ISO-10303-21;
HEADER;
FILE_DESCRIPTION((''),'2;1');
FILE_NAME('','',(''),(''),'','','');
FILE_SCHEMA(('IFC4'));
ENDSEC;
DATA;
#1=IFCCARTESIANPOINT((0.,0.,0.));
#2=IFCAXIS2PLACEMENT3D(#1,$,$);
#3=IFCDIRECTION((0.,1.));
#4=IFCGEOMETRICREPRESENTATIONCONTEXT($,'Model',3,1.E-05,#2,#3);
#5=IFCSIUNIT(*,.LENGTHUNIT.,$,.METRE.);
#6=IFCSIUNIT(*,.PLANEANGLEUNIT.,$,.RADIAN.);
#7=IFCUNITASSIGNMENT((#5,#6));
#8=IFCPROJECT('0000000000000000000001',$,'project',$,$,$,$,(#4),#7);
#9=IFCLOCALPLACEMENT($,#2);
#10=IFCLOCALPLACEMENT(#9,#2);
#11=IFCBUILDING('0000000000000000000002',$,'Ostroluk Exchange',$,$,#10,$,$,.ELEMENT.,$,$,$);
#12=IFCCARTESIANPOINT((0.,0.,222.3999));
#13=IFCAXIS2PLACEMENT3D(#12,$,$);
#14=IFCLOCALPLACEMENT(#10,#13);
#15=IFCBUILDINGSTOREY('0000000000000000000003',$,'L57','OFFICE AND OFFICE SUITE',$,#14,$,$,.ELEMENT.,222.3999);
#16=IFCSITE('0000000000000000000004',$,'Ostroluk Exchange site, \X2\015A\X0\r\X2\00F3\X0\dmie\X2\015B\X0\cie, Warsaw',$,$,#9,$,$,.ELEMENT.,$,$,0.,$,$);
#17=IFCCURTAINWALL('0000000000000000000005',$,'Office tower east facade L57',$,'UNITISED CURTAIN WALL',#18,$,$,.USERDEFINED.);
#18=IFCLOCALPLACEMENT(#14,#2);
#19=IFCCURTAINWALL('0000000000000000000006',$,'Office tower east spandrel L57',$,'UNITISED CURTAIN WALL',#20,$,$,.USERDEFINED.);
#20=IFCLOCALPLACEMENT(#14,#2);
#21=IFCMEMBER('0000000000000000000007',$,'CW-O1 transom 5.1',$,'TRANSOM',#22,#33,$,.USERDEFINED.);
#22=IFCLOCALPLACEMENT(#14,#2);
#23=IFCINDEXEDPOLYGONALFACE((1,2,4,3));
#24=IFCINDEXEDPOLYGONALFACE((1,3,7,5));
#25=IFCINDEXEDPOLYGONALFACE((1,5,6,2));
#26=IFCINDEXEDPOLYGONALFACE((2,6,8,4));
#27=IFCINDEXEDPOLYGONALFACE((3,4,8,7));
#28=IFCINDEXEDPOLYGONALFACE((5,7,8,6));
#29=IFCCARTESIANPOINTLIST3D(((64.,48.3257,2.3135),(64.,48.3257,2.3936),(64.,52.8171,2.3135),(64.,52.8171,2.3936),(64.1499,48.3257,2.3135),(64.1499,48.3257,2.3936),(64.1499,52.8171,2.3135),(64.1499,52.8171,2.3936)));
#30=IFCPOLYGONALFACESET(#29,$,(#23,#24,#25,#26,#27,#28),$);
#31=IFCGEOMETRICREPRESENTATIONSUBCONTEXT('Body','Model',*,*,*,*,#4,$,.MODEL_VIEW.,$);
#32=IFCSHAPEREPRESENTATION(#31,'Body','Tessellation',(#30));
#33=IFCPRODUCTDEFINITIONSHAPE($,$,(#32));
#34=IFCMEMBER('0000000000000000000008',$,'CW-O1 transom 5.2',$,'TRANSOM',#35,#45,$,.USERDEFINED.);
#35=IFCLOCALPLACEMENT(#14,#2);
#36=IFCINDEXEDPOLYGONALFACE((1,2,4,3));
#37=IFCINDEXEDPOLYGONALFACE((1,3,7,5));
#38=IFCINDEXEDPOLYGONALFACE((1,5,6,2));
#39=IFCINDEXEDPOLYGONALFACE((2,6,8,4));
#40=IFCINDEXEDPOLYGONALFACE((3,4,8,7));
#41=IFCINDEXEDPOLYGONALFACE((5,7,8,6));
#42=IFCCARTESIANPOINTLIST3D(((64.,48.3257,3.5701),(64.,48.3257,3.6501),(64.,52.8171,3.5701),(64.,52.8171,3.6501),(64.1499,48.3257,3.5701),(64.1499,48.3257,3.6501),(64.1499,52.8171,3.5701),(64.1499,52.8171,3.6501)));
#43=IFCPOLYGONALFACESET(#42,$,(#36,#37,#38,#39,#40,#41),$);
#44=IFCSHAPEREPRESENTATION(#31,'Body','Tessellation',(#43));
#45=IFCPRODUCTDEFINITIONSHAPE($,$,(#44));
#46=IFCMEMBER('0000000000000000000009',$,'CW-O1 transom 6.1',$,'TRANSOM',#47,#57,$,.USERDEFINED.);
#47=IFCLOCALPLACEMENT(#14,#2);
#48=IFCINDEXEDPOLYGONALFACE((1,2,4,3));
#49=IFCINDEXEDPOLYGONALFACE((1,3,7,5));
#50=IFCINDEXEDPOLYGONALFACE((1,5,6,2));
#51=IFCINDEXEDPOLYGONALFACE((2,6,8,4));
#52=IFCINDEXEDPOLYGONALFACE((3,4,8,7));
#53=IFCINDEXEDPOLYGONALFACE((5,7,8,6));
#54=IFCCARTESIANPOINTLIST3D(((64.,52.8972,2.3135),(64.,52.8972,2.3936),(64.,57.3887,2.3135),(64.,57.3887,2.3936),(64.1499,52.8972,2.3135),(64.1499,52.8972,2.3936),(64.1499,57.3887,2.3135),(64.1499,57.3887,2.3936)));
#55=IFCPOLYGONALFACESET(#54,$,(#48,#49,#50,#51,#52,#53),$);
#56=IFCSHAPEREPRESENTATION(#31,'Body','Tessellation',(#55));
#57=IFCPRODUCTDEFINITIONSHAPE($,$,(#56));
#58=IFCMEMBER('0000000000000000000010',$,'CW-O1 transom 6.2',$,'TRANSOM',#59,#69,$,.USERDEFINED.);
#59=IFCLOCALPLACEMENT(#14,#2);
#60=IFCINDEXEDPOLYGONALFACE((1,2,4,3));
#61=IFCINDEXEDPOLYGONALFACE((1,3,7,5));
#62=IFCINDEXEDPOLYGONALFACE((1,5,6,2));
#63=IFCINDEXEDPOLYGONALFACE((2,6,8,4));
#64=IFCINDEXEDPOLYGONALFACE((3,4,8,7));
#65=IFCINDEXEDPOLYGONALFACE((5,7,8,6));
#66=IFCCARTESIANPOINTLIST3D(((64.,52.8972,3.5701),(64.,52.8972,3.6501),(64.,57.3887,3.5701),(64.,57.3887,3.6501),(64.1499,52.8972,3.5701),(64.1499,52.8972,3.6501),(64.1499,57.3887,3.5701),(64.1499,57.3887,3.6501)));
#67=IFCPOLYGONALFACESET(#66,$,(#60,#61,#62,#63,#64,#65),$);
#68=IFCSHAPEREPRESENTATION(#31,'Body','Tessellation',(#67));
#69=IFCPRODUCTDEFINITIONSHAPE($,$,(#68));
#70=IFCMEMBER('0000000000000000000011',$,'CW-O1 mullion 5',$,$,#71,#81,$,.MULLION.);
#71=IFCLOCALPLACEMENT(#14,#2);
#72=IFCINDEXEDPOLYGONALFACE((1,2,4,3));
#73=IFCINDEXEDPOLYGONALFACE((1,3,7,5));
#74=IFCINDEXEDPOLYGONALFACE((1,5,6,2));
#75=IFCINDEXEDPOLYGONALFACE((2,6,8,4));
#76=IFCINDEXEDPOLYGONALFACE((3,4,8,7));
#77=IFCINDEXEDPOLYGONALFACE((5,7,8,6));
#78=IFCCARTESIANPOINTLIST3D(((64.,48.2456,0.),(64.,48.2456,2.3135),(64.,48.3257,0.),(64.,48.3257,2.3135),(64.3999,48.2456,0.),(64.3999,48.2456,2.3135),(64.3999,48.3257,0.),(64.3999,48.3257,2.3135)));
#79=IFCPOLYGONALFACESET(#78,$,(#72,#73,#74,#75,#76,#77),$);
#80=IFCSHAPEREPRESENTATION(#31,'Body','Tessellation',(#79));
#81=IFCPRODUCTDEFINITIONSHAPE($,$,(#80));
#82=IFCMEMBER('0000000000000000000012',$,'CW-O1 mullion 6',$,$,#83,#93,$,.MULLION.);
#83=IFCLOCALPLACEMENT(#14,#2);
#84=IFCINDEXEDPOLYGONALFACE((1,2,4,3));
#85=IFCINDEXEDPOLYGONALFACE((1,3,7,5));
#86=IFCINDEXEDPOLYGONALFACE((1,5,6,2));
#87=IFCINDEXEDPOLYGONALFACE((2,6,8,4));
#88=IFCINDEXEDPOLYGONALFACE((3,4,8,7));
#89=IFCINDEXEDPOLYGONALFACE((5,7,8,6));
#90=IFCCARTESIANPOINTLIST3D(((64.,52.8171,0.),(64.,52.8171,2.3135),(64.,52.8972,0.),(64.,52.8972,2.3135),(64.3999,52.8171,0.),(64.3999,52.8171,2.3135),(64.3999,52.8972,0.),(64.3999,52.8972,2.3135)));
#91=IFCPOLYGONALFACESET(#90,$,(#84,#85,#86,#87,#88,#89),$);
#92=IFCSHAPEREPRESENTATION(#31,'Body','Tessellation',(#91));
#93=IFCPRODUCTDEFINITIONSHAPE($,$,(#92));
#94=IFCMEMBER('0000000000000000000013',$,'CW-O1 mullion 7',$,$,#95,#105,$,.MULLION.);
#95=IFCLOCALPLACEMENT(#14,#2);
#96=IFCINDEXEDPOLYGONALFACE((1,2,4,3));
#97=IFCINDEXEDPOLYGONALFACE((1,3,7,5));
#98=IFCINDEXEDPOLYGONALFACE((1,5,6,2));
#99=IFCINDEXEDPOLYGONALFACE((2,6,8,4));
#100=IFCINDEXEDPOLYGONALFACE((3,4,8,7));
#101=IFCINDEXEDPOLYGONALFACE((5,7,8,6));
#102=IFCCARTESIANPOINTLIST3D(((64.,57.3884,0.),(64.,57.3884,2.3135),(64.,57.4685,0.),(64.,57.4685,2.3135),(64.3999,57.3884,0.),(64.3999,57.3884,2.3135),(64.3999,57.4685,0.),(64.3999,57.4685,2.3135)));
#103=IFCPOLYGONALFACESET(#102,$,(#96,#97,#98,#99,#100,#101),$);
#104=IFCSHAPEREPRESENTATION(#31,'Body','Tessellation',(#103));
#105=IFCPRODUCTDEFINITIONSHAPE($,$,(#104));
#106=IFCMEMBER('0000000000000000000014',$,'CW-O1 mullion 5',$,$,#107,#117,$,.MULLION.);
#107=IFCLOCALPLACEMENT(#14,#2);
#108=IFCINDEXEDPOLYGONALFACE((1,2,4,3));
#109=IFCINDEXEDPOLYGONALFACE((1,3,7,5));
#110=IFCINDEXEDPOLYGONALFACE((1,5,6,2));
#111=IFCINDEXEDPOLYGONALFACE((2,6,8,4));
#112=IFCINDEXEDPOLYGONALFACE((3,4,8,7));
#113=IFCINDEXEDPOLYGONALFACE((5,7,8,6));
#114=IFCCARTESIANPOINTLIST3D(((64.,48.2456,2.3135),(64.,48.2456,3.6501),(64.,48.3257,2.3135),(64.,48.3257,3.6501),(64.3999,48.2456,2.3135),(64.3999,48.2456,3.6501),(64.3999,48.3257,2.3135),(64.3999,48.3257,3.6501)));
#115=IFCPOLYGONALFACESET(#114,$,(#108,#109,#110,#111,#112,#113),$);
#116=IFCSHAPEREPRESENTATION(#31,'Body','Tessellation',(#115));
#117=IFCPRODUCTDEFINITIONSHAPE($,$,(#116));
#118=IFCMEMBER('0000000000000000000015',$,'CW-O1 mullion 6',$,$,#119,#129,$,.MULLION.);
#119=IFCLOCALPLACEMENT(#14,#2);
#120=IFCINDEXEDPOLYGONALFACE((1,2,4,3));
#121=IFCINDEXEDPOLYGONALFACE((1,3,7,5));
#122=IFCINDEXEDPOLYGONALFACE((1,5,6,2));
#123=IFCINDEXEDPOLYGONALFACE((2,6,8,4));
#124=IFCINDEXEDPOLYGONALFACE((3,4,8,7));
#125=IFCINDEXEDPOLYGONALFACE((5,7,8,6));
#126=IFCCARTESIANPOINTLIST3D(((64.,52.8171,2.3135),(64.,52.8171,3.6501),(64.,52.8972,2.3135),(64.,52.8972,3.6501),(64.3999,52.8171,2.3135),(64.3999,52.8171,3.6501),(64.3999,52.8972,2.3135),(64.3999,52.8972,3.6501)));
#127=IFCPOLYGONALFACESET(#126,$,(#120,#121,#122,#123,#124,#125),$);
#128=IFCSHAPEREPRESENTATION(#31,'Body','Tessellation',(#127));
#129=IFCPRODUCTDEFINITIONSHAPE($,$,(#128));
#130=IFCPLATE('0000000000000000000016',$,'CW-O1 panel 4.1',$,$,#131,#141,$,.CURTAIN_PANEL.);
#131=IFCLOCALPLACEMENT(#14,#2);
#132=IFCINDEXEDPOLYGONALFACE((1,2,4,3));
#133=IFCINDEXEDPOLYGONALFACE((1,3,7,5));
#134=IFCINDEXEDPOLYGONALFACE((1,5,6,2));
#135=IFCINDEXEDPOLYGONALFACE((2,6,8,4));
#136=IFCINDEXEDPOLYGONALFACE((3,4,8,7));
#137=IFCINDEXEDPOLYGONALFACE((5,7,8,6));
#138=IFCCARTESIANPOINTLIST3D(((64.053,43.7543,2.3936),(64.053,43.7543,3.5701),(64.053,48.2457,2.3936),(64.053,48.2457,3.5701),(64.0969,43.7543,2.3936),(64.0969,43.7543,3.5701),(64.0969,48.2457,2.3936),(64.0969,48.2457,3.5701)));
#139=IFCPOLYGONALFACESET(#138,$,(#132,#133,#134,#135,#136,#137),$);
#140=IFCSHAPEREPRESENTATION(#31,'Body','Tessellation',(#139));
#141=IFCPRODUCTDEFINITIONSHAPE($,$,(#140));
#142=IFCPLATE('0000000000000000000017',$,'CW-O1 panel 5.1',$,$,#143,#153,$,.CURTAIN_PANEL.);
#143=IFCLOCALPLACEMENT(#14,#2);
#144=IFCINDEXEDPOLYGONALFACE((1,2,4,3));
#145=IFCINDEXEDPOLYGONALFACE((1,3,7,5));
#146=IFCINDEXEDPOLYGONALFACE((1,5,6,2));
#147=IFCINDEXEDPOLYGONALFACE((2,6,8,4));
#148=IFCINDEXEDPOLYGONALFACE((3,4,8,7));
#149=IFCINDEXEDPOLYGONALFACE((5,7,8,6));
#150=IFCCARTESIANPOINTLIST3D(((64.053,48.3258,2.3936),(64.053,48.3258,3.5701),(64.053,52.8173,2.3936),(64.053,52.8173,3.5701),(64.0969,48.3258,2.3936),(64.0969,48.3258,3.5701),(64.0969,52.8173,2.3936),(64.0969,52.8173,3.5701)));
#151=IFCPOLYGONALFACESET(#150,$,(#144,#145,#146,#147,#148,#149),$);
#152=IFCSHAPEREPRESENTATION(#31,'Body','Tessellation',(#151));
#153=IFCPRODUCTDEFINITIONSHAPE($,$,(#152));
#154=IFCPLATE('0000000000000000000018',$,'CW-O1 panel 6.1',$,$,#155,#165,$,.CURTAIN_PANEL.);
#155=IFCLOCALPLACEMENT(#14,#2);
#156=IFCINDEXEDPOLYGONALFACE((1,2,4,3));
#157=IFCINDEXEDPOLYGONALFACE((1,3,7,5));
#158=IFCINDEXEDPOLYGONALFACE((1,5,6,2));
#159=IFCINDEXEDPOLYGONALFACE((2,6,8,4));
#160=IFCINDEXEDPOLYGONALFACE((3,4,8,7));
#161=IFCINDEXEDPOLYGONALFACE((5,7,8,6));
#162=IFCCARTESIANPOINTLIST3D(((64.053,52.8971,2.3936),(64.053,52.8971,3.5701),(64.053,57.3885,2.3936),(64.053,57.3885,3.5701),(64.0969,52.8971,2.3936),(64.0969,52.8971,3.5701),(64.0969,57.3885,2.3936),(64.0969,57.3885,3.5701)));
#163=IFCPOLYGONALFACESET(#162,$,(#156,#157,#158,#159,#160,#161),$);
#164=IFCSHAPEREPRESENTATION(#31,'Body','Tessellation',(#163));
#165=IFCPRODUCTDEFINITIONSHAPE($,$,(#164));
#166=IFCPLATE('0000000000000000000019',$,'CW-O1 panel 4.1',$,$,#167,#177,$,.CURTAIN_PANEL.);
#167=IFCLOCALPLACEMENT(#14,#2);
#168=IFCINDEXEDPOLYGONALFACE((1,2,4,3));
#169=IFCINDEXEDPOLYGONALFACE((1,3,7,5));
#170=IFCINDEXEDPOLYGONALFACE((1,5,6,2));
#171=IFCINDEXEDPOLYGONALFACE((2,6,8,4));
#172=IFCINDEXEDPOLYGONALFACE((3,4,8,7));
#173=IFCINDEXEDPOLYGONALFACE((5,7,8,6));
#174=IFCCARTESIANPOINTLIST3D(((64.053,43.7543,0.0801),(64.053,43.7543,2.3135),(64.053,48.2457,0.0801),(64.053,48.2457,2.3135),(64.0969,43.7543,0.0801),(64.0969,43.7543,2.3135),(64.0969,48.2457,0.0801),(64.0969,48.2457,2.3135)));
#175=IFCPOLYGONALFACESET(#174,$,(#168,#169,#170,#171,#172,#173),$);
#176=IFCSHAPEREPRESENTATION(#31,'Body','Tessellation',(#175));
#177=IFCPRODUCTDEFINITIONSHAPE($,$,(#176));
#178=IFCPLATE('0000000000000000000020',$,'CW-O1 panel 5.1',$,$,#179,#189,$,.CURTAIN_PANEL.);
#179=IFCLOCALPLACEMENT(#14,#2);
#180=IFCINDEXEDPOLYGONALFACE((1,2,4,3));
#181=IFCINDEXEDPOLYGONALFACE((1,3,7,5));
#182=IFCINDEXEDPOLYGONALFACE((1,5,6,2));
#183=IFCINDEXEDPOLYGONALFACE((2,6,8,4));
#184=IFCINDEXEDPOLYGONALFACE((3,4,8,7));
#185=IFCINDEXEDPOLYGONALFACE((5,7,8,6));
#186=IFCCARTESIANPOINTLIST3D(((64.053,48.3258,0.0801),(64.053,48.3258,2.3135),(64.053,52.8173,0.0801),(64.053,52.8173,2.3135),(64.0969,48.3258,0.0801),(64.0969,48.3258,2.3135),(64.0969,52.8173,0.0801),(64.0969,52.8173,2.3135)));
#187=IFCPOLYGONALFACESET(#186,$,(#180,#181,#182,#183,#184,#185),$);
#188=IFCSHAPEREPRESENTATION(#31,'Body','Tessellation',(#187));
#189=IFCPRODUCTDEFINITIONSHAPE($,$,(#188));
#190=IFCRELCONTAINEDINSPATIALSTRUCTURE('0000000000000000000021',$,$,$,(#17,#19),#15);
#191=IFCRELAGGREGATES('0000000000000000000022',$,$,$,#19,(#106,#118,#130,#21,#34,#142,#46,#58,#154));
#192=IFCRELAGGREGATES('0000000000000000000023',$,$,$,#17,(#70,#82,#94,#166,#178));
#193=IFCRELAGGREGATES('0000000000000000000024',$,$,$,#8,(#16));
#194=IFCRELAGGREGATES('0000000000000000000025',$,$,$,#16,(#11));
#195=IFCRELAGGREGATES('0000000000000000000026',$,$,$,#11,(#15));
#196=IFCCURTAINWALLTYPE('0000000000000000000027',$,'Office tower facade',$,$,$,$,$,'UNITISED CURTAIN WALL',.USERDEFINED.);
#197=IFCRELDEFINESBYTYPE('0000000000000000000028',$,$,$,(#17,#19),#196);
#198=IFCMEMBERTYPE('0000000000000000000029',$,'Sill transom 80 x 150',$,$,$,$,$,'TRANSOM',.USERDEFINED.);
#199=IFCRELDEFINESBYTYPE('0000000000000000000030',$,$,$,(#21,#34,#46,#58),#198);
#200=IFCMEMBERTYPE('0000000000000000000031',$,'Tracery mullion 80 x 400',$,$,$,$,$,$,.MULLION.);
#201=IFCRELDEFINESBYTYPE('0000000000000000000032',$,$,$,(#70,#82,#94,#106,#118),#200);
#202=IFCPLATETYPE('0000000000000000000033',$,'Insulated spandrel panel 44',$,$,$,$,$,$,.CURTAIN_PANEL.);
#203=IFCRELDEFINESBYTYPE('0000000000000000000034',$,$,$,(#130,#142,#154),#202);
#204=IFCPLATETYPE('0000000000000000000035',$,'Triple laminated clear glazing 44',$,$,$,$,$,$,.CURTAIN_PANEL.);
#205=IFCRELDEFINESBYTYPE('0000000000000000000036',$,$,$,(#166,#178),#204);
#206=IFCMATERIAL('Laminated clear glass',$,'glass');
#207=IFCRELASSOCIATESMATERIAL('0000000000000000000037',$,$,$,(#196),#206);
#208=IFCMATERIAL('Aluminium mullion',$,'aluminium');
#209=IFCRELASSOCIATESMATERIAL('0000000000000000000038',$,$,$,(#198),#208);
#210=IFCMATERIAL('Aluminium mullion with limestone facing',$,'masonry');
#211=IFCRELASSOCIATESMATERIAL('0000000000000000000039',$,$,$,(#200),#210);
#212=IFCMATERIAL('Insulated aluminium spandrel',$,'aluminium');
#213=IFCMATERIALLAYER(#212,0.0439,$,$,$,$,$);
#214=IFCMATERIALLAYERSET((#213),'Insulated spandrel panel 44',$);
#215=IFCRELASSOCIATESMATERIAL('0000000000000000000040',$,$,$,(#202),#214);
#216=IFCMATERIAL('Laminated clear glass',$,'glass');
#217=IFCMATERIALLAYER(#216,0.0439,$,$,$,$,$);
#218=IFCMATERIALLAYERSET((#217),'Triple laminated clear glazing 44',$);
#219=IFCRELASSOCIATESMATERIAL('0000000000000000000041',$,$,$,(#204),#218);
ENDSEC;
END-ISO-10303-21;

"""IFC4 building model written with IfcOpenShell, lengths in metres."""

from ifc_helpers import new_model, si_unit, direction, frame, origin, origin_2d, place, context, subcontext, project, spatial, rectangle, extrude, material, layer, layer_set, material_profile, profile_set, type_object, element, aggregate, save


model = new_model("IFC4")

# Units and contexts
model_context = context("Model", 3, precision=1e-05, world=origin(), true_north=direction((0.0, 1.0)))
body_context = subcontext(model_context, "Body", "Model", "MODEL_VIEW")
ifc_project = project(units=[si_unit("LENGTHUNIT", "METRE"), si_unit("PLANEANGLEUNIT", "RADIAN")], contexts=[model_context])

# Site, building, storey
site_placement = place(None, origin())
site = spatial("IfcSite", under=ifc_project, at=site_placement, Name="Ostroluk Exchange site, Śródmieście, Warsaw", CompositionType="ELEMENT", RefElevation=0.0)
building_placement = place(site_placement, origin())
building = spatial("IfcBuilding", under=site, at=building_placement, Name="Ostroluk Exchange", CompositionType="ELEMENT")
storey_placement = place(building_placement, frame((0.0, 0.0, 222.3999)))
storey = spatial("IfcBuildingStorey", under=building, at=storey_placement, Name="L57", Description="OFFICE AND OFFICE SUITE", CompositionType="ELEMENT", Elevation=222.3999)

# Curtain walls, members
ifc_material_1 = material(Name="Laminated clear glass", Category="glass")
curtain_wall_type = type_object("IfcCurtainWallType", Name="Office tower facade", ElementType="UNITISED CURTAIN WALL", PredefinedType="USERDEFINED", material=ifc_material_1)
curtain_wall_1_placement = place(storey_placement, origin())
curtain_wall_1 = element("IfcCurtainWall", 1, at=curtain_wall_1_placement, inside=storey, type_object=curtain_wall_type, Name="Office tower east facade L57", ObjectType="UNITISED CURTAIN WALL", PredefinedType="USERDEFINED")
ifc_material_2 = material(Name="Aluminium mullion", Category="aluminium")
ifc_material_profile_1 = material_profile(ifc_material_2, rectangle(XDim=0.1499, YDim=0.0801, at=origin_2d()), Name="Sill transom 80 x 150")
ifc_profile_set_1 = profile_set([ifc_material_profile_1], Name="Aluminium mullion")
member_type_1 = type_object("IfcMemberType", Name="Sill transom 80 x 150", ElementType="TRANSOM", PredefinedType="USERDEFINED", material=ifc_profile_set_1)
curtain_wall_2_placement = place(storey_placement, origin())
curtain_wall_2 = element("IfcCurtainWall", 2, at=curtain_wall_2_placement, inside=storey, type_object=curtain_wall_type, Name="Office tower east spandrel L57", ObjectType="UNITISED CURTAIN WALL", PredefinedType="USERDEFINED")
member_1_placement = place(storey_placement, frame((64.075, 48.3257, 2.3535), z_axis=(0.0, 1.0, 0.0), x_axis=(-1.0, 0.0, 0.0)))
member_1 = element("IfcMember", 3, at=member_1_placement, type_object=member_type_1, Name="CW-O1 transom 5.1", ObjectType="TRANSOM", PredefinedType="USERDEFINED", context=body_context, shape_type="SweptSolid", body=[
    extrude(rectangle(XDim=0.1499, YDim=0.0801, at=origin_2d()), origin(), (0.0, 0.0, 1.0), 4.4915),
])
member_2_placement = place(storey_placement, frame((64.075, 48.3257, 3.6101), z_axis=(0.0, 1.0, 0.0), x_axis=(-1.0, 0.0, 0.0)))
member_2 = element("IfcMember", 4, at=member_2_placement, type_object=member_type_1, Name="CW-O1 transom 5.2", ObjectType="TRANSOM", PredefinedType="USERDEFINED", context=body_context, shape_type="SweptSolid", body=[
    extrude(rectangle(XDim=0.1499, YDim=0.0801, at=origin_2d()), origin(), (0.0, 0.0, 1.0), 4.4915),
])
member_3_placement = place(storey_placement, frame((64.075, 52.8972, 2.3535), z_axis=(0.0, 1.0, 0.0), x_axis=(-1.0, 0.0, 0.0)))
member_3 = element("IfcMember", 5, at=member_3_placement, type_object=member_type_1, Name="CW-O1 transom 6.1", ObjectType="TRANSOM", PredefinedType="USERDEFINED", context=body_context, shape_type="SweptSolid", body=[
    extrude(rectangle(XDim=0.1499, YDim=0.0801, at=origin_2d()), origin(), (0.0, 0.0, 1.0), 4.4915),
])
member_4_placement = place(storey_placement, frame((64.075, 52.8972, 3.6101), z_axis=(0.0, 1.0, 0.0), x_axis=(-1.0, 0.0, 0.0)))
member_4 = element("IfcMember", 6, at=member_4_placement, type_object=member_type_1, Name="CW-O1 transom 6.2", ObjectType="TRANSOM", PredefinedType="USERDEFINED", context=body_context, shape_type="SweptSolid", body=[
    extrude(rectangle(XDim=0.1499, YDim=0.0801, at=origin_2d()), origin(), (0.0, 0.0, 1.0), 4.4915),
])

# Members
ifc_material_3 = material(Name="Aluminium mullion with limestone facing", Category="masonry")
ifc_material_profile_2 = material_profile(ifc_material_3, rectangle(XDim=0.3999, YDim=0.0801, at=origin_2d()), Name="Tracery mullion 80 x 400")
ifc_profile_set_2 = profile_set([ifc_material_profile_2], Name="Aluminium mullion with limestone facing")
member_type_2 = type_object("IfcMemberType", Name="Tracery mullion 80 x 400", PredefinedType="MULLION", material=ifc_profile_set_2)
member_5_placement = place(storey_placement, frame((64.2, 48.2856, 0.0), z_axis=(0.0, 0.0, 1.0), x_axis=(-1.0, 0.0, 0.0)))
member_5 = element("IfcMember", 7, at=member_5_placement, type_object=member_type_2, Name="CW-O1 mullion 5", PredefinedType="MULLION", context=body_context, shape_type="SweptSolid", body=[
    extrude(rectangle(XDim=0.3999, YDim=0.0801, at=origin_2d()), origin(), (0.0, 0.0, 1.0), 2.3135),
])
member_6_placement = place(storey_placement, frame((64.2, 52.8572, 0.0), z_axis=(0.0, 0.0, 1.0), x_axis=(-1.0, 0.0, 0.0)))
member_6 = element("IfcMember", 8, at=member_6_placement, type_object=member_type_2, Name="CW-O1 mullion 6", PredefinedType="MULLION", context=body_context, shape_type="SweptSolid", body=[
    extrude(rectangle(XDim=0.3999, YDim=0.0801, at=origin_2d()), origin(), (0.0, 0.0, 1.0), 2.3135),
])
member_7_placement = place(storey_placement, frame((64.2, 57.4285, 0.0), z_axis=(0.0, 0.0, 1.0), x_axis=(-1.0, 0.0, 0.0)))
member_7 = element("IfcMember", 9, at=member_7_placement, type_object=member_type_2, Name="CW-O1 mullion 7", PredefinedType="MULLION", context=body_context, shape_type="SweptSolid", body=[
    extrude(rectangle(XDim=0.3999, YDim=0.0801, at=origin_2d()), origin(), (0.0, 0.0, 1.0), 2.3135),
])
member_8_placement = place(storey_placement, frame((64.2, 48.2856, 2.3135), z_axis=(0.0, 0.0, 1.0), x_axis=(-1.0, 0.0, 0.0)))
member_8 = element("IfcMember", 10, at=member_8_placement, type_object=member_type_2, Name="CW-O1 mullion 5", PredefinedType="MULLION", context=body_context, shape_type="SweptSolid", body=[
    extrude(rectangle(XDim=0.3999, YDim=0.0801, at=origin_2d()), origin(), (0.0, 0.0, 1.0), 1.3367),
])
member_9_placement = place(storey_placement, frame((64.2, 52.8572, 2.3135), z_axis=(0.0, 0.0, 1.0), x_axis=(-1.0, 0.0, 0.0)))
member_9 = element("IfcMember", 11, at=member_9_placement, type_object=member_type_2, Name="CW-O1 mullion 6", PredefinedType="MULLION", context=body_context, shape_type="SweptSolid", body=[
    extrude(rectangle(XDim=0.3999, YDim=0.0801, at=origin_2d()), origin(), (0.0, 0.0, 1.0), 1.3367),
])

# Plates
ifc_material_4 = material(Name="Insulated aluminium spandrel", Category="aluminium")
ifc_layer_1 = layer(ifc_material_4, 0.0439)
ifc_layer_set_1 = layer_set([ifc_layer_1], Name="Insulated spandrel panel 44")
plate_type_1 = type_object("IfcPlateType", Name="Insulated spandrel panel 44", PredefinedType="CURTAIN_PANEL", material=ifc_layer_set_1)
plate_1_placement = place(storey_placement, frame((64.075, 46.0, 2.3936), z_axis=(0.0, 0.0, 1.0), x_axis=(0.0, 1.0, 0.0)))
plate_1 = element("IfcPlate", 12, at=plate_1_placement, type_object=plate_type_1, Name="CW-O1 panel 4.1", PredefinedType="CURTAIN_PANEL", context=body_context, shape_type="SweptSolid", body=[
    extrude(rectangle(XDim=4.4915, YDim=0.0439, at=origin_2d()), origin(), (0.0, 0.0, 1.0), 1.1765),
])
plate_2_placement = place(storey_placement, frame((64.075, 50.5715, 2.3936), z_axis=(0.0, 0.0, 1.0), x_axis=(0.0, 1.0, 0.0)))
plate_2 = element("IfcPlate", 13, at=plate_2_placement, type_object=plate_type_1, Name="CW-O1 panel 5.1", PredefinedType="CURTAIN_PANEL", context=body_context, shape_type="SweptSolid", body=[
    extrude(rectangle(XDim=4.4915, YDim=0.0439, at=origin_2d()), origin(), (0.0, 0.0, 1.0), 1.1765),
])
plate_3_placement = place(storey_placement, frame((64.075, 55.1428, 2.3936), z_axis=(0.0, 0.0, 1.0), x_axis=(0.0, 1.0, 0.0)))
plate_3 = element("IfcPlate", 14, at=plate_3_placement, type_object=plate_type_1, Name="CW-O1 panel 6.1", PredefinedType="CURTAIN_PANEL", context=body_context, shape_type="SweptSolid", body=[
    extrude(rectangle(XDim=4.4915, YDim=0.0439, at=origin_2d()), origin(), (0.0, 0.0, 1.0), 1.1765),
])
aggregate(curtain_wall_2, [member_8, member_9, plate_1, member_1, member_2, plate_2, member_3, member_4, plate_3])
ifc_material_5 = material(Name="Laminated clear glass", Category="glass")
ifc_layer_2 = layer(ifc_material_5, 0.0439)
ifc_layer_set_2 = layer_set([ifc_layer_2], Name="Triple laminated clear glazing 44")
plate_type_2 = type_object("IfcPlateType", Name="Triple laminated clear glazing 44", PredefinedType="CURTAIN_PANEL", material=ifc_layer_set_2)
plate_4_placement = place(storey_placement, frame((64.075, 46.0, 0.0801), z_axis=(0.0, 0.0, 1.0), x_axis=(0.0, 1.0, 0.0)))
plate_4 = element("IfcPlate", 15, at=plate_4_placement, type_object=plate_type_2, Name="CW-O1 panel 4.1", PredefinedType="CURTAIN_PANEL", context=body_context, shape_type="SweptSolid", body=[
    extrude(rectangle(XDim=4.4915, YDim=0.0439, at=origin_2d()), origin(), (0.0, 0.0, 1.0), 2.2334),
])
plate_5_placement = place(storey_placement, frame((64.075, 50.5715, 0.0801), z_axis=(0.0, 0.0, 1.0), x_axis=(0.0, 1.0, 0.0)))
plate_5 = element("IfcPlate", 16, at=plate_5_placement, type_object=plate_type_2, Name="CW-O1 panel 5.1", PredefinedType="CURTAIN_PANEL", context=body_context, shape_type="SweptSolid", body=[
    extrude(rectangle(XDim=4.4915, YDim=0.0439, at=origin_2d()), origin(), (0.0, 0.0, 1.0), 2.2334),
])
aggregate(curtain_wall_1, [member_5, member_6, member_7, plate_4, plate_5])

save(model, "model.ifc")
